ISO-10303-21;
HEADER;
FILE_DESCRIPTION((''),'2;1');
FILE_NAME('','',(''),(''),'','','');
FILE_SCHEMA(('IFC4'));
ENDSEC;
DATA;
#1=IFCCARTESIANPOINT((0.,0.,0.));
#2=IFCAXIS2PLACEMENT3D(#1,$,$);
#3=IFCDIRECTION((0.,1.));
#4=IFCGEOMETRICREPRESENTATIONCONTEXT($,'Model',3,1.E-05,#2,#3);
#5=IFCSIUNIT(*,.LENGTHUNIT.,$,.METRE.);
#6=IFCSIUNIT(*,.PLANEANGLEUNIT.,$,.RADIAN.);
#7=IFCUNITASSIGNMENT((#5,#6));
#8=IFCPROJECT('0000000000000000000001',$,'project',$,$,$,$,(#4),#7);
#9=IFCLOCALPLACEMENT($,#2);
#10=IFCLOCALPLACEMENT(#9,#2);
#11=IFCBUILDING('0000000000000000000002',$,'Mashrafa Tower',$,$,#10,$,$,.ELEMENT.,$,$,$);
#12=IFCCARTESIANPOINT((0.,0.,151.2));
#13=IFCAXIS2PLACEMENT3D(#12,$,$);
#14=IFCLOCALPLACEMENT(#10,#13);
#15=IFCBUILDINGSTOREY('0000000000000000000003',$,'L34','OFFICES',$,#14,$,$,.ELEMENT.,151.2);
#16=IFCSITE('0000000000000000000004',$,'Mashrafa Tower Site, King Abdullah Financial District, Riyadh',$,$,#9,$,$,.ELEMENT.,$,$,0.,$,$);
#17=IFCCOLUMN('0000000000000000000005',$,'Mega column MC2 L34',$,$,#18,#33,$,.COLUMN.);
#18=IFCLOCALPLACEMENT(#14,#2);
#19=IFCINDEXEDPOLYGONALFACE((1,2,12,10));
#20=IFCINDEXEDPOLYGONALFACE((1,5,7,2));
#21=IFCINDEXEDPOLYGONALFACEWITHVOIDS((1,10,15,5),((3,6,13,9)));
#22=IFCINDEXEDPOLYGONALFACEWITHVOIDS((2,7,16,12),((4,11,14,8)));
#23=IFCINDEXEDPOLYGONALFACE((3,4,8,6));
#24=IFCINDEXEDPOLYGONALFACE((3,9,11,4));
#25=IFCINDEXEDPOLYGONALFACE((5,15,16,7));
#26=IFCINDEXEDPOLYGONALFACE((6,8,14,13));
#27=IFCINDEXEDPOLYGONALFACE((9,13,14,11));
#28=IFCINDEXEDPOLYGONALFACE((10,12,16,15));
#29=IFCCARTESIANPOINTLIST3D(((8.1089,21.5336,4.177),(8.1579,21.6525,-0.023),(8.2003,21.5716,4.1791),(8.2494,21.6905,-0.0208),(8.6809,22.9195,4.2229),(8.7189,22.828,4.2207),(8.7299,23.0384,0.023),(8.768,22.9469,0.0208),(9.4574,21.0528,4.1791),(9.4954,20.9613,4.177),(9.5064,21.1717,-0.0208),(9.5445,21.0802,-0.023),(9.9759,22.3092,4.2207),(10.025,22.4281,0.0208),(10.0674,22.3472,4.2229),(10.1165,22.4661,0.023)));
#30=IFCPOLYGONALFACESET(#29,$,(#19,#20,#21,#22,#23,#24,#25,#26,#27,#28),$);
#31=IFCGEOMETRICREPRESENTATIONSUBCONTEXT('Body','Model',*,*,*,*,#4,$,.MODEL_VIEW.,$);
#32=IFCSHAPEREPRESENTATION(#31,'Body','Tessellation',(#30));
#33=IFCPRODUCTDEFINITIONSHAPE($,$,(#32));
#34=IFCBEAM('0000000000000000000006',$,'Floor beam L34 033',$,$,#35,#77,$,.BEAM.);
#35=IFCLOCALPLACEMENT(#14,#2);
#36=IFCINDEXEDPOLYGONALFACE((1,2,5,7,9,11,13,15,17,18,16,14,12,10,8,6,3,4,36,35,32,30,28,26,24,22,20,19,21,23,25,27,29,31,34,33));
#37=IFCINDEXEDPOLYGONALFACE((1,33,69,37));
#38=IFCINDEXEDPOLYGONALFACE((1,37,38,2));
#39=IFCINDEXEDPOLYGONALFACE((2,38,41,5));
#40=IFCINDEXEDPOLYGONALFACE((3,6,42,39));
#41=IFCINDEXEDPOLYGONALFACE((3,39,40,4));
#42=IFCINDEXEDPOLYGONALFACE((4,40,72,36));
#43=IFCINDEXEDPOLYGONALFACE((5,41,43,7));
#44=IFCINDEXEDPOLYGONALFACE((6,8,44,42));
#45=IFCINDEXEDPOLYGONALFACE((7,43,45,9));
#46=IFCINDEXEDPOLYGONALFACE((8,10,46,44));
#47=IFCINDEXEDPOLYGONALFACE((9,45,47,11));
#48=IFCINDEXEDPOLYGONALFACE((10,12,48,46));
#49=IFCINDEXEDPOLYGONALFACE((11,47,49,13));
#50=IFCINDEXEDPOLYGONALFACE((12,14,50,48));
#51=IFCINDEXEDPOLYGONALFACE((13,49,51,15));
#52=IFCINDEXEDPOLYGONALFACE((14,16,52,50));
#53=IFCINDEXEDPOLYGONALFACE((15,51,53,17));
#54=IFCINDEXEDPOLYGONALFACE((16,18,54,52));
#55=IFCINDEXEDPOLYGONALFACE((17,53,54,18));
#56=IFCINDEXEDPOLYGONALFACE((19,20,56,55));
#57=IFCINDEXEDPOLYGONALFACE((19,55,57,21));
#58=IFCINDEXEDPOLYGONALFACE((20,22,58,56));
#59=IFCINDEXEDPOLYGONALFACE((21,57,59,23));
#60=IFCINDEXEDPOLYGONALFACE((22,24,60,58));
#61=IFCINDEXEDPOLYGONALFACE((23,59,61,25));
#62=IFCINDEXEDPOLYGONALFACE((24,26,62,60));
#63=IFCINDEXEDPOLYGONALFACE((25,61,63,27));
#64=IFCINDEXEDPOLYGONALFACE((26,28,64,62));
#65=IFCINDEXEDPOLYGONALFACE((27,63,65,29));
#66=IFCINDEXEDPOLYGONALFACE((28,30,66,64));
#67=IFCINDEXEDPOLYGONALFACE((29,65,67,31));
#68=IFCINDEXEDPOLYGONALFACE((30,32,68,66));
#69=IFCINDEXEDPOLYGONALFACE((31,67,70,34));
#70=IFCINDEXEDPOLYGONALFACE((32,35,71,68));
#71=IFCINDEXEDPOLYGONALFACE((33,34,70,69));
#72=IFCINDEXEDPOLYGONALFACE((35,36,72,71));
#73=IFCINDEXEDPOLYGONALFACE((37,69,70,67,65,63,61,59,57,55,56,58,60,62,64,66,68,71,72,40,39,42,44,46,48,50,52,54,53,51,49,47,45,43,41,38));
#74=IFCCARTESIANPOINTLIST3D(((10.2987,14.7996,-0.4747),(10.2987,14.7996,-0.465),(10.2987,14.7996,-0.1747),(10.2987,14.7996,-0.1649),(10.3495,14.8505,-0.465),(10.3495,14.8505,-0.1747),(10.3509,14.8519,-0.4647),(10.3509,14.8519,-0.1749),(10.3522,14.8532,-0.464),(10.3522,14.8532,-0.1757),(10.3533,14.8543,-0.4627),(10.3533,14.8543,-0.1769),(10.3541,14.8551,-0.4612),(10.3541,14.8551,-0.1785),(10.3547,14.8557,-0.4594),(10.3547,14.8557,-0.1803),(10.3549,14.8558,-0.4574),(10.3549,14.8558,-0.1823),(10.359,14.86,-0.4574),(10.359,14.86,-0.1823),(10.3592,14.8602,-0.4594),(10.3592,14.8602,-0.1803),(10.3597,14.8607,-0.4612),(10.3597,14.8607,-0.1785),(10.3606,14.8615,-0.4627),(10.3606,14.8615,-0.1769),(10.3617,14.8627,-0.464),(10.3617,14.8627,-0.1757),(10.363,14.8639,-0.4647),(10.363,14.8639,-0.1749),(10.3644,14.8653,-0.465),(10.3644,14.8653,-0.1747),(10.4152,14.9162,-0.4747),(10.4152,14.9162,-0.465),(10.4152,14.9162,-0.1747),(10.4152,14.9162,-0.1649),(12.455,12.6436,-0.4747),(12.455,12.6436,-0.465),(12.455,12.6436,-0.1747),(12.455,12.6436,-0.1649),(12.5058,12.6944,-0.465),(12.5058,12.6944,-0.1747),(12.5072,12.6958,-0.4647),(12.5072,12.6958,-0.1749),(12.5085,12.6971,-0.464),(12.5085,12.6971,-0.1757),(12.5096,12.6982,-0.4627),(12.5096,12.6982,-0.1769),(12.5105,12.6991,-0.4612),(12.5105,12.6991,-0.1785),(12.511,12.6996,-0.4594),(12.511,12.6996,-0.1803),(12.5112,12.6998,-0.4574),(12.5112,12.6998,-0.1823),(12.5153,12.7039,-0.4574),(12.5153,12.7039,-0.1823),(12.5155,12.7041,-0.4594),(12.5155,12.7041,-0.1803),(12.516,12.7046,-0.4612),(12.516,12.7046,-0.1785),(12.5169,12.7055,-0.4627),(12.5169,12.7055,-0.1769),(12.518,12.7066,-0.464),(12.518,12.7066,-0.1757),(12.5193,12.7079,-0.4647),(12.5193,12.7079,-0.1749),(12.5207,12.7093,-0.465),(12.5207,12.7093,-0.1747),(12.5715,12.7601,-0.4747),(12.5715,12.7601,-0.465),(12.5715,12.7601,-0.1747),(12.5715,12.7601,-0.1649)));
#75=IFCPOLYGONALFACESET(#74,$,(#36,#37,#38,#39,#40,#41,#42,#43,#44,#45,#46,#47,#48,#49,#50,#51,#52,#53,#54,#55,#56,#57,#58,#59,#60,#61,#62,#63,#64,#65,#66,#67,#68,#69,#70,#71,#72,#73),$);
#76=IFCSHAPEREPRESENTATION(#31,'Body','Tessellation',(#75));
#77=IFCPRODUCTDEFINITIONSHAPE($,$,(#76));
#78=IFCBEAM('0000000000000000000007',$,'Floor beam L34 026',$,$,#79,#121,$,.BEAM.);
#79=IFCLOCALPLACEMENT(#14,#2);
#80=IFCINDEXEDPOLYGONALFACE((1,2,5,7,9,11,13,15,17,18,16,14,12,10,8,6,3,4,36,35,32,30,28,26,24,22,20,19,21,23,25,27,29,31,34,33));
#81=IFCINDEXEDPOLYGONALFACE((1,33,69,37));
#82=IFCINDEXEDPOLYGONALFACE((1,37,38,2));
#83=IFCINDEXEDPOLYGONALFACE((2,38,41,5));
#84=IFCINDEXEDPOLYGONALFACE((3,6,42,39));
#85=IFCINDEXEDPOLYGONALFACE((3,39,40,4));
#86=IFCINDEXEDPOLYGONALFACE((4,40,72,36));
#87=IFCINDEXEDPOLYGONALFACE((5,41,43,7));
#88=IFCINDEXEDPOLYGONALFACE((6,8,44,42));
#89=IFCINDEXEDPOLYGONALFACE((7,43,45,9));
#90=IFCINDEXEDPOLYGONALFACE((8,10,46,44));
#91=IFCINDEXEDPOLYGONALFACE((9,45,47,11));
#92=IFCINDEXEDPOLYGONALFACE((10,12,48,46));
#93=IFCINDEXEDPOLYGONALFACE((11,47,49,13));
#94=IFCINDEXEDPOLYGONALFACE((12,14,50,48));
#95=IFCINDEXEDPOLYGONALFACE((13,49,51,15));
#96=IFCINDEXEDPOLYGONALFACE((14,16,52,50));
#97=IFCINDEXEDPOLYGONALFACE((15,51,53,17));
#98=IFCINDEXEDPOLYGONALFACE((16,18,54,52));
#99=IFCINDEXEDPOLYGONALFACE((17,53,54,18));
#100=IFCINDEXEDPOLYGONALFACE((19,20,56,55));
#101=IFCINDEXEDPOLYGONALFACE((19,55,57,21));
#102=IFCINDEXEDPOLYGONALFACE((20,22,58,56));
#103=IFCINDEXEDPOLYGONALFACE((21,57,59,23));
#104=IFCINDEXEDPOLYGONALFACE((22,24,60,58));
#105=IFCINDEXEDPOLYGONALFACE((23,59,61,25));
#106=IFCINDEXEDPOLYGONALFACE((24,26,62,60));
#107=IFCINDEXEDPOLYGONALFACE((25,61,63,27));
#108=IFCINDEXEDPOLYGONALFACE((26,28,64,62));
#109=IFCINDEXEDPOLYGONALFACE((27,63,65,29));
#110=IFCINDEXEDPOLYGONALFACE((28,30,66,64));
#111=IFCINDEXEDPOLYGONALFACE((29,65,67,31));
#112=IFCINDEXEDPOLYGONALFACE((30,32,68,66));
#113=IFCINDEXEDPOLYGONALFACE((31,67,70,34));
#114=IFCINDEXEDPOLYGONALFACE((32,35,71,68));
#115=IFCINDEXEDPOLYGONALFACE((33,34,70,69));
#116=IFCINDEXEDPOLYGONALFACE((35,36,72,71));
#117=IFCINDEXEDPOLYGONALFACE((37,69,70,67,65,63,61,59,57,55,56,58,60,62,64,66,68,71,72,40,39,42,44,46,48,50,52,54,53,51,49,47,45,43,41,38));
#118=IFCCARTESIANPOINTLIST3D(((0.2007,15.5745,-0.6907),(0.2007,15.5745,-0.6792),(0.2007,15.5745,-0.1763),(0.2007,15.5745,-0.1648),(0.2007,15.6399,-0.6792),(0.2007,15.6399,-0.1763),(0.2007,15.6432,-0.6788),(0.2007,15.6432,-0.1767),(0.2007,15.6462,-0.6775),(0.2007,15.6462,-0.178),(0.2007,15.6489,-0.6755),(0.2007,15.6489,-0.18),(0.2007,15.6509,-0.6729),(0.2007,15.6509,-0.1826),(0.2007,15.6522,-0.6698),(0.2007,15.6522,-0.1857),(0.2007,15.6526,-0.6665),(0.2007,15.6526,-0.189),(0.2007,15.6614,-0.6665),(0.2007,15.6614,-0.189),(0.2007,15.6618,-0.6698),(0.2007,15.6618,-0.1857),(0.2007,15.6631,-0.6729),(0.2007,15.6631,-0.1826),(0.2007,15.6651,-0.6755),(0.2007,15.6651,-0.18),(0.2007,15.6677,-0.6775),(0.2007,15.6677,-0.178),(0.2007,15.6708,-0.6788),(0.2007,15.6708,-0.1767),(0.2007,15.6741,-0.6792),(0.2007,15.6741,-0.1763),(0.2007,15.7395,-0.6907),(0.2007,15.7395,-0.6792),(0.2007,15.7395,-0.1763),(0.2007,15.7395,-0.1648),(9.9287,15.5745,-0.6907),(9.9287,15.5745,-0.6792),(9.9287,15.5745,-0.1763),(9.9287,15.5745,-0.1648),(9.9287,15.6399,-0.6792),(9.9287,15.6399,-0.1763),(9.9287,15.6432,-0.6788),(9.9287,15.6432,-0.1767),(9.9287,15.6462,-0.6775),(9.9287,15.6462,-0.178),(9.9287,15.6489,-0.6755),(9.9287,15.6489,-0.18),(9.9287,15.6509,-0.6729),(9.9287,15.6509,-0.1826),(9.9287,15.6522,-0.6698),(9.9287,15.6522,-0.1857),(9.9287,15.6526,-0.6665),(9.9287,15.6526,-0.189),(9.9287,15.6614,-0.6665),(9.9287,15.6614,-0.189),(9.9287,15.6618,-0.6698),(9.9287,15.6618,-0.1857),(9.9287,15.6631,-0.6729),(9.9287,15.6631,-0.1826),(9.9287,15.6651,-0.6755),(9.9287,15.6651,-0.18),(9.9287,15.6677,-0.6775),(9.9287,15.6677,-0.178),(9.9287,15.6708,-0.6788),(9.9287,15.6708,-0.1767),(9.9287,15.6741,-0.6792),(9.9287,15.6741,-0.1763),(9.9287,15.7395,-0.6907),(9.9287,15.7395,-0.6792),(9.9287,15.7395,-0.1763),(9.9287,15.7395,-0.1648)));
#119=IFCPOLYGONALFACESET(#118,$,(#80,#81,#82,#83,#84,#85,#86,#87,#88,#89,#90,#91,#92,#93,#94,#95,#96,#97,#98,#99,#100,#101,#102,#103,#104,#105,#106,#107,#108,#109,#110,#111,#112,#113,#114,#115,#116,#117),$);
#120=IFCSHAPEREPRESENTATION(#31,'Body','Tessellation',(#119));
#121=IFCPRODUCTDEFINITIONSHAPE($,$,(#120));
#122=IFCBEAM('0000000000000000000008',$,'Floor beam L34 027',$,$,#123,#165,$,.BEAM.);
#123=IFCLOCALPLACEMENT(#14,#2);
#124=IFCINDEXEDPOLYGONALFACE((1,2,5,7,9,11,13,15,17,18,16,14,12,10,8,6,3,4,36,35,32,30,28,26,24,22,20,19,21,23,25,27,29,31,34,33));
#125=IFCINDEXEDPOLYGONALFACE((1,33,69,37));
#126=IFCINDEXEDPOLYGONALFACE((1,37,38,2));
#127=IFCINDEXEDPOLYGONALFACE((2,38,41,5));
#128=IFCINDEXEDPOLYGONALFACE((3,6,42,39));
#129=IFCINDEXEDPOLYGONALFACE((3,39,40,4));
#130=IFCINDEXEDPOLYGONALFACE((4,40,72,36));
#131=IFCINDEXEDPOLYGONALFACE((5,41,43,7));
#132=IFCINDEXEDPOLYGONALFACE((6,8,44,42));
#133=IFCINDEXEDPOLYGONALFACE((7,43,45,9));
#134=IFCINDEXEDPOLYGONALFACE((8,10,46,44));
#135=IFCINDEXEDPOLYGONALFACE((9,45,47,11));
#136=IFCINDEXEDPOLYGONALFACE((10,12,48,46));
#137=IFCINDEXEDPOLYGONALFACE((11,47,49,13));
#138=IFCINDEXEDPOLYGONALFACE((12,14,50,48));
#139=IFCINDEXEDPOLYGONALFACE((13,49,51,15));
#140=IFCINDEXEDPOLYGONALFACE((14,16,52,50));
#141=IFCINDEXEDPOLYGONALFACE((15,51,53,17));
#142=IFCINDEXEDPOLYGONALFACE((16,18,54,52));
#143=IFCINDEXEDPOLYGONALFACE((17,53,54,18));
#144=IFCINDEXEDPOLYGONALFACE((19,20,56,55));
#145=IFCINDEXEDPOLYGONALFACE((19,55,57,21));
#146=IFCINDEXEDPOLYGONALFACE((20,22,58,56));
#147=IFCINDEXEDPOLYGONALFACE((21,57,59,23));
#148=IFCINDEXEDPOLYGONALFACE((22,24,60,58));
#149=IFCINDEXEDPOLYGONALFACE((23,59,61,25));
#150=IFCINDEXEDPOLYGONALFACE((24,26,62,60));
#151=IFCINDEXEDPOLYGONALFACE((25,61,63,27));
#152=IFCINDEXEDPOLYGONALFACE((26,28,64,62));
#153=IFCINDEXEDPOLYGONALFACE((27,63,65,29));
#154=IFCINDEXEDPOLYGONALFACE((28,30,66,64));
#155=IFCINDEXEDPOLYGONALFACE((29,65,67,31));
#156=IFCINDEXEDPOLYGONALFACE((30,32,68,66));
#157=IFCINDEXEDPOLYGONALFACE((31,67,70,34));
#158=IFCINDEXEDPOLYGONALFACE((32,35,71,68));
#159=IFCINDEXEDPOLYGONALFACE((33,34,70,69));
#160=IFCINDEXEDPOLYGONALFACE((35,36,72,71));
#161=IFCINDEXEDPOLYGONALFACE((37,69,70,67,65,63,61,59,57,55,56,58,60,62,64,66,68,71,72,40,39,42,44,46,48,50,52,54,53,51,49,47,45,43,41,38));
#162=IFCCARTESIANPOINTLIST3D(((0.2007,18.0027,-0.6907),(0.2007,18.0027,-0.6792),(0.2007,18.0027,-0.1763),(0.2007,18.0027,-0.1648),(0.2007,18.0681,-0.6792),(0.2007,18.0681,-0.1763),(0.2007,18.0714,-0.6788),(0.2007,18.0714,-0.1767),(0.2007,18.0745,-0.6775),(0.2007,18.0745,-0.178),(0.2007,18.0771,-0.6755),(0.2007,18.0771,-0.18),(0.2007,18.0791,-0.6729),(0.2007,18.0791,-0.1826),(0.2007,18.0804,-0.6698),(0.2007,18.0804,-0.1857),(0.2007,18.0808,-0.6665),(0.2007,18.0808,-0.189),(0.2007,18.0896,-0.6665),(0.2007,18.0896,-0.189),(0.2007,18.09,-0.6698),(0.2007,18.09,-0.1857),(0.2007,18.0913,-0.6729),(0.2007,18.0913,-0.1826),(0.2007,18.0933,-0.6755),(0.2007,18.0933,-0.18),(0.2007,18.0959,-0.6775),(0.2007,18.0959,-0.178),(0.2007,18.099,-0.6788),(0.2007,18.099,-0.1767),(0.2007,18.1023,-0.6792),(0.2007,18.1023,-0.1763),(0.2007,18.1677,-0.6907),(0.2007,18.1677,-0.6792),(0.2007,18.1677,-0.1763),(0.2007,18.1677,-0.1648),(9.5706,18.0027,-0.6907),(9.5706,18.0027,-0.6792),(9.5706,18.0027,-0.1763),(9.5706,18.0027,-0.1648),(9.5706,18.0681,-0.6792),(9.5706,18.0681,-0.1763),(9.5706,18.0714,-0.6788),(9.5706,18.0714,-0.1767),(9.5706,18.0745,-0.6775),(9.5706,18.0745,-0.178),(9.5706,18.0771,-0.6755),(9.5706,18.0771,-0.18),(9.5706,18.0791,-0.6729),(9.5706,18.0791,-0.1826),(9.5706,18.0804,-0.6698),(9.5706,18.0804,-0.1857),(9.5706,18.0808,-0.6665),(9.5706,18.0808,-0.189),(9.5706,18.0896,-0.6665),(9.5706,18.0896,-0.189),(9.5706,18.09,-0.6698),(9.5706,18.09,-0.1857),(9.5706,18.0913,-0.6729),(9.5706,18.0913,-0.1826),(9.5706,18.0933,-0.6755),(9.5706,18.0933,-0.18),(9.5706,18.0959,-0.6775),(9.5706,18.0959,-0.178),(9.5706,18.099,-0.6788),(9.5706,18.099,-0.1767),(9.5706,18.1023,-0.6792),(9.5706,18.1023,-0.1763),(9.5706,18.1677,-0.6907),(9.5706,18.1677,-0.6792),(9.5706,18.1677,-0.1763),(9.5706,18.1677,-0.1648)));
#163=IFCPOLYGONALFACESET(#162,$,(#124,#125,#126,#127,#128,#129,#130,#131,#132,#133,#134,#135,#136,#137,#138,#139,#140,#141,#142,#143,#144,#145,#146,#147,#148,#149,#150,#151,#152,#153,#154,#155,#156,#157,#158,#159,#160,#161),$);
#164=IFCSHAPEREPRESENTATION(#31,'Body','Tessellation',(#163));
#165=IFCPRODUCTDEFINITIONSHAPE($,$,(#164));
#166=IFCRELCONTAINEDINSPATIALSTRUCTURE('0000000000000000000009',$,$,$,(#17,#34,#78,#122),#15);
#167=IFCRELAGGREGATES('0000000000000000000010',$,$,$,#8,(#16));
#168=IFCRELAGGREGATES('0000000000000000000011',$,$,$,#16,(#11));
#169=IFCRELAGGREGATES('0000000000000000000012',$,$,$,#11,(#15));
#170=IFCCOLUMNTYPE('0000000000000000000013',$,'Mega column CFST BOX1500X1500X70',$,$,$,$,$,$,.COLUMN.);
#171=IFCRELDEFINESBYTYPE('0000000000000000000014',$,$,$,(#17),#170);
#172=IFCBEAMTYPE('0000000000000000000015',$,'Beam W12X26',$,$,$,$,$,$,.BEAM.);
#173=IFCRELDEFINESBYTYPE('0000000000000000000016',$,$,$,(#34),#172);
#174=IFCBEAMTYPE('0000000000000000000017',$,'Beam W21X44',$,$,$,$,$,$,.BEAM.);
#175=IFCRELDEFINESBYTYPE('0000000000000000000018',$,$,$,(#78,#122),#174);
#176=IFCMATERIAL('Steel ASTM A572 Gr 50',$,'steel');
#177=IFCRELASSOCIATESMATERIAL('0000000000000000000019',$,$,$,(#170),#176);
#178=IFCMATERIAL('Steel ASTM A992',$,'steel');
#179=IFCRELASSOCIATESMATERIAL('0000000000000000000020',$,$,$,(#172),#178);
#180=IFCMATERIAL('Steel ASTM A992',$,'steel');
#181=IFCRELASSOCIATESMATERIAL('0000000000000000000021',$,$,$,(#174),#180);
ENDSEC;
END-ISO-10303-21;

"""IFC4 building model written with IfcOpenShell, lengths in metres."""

from ifc_helpers import new_model, si_unit, direction, frame, origin, origin_2d, place, context, subcontext, project, spatial, hollow_rectangle, i_section, extrude, material, material_profile, profile_set, type_object, element, save


model = new_model("IFC4")

# Units and contexts
model_context = context("Model", 3, precision=1e-05, world=origin(), true_north=direction((0.0, 1.0)))
body_context = subcontext(model_context, "Body", "Model", "MODEL_VIEW")
ifc_project = project(units=[si_unit("LENGTHUNIT", "METRE"), si_unit("PLANEANGLEUNIT", "RADIAN")], contexts=[model_context])

# Site, building, storey
site_placement = place(None, origin())
site = spatial("IfcSite", under=ifc_project, at=site_placement, Name="Mashrafa Tower Site, King Abdullah Financial District, Riyadh", CompositionType="ELEMENT", RefElevation=0.0)
building_placement = place(site_placement, origin())
building = spatial("IfcBuilding", under=site, at=building_placement, Name="Mashrafa Tower", CompositionType="ELEMENT")
storey_placement = place(building_placement, frame((0.0, 0.0, 151.2)))
storey = spatial("IfcBuildingStorey", under=building, at=storey_placement, Name="L34", Description="OFFICES", CompositionType="ELEMENT", Elevation=151.2)

# Column
ifc_material_1 = material(Name="Steel ASTM A572 Gr 50", Category="steel")
ifc_material_profile_1 = material_profile(ifc_material_1, hollow_rectangle(XDim=1.5, YDim=1.5, WallThickness=0.0701, at=origin_2d()), Name="BOX1500X1500X70")
ifc_profile_set_1 = profile_set([ifc_material_profile_1], Name="Steel ASTM A572 Gr 50")
column_type = type_object("IfcColumnType", Name="Mega column CFST BOX1500X1500X70", PredefinedType="COLUMN", material=ifc_profile_set_1)
column_placement = place(storey_placement, frame((9.1372, 22.0593, 0.0), z_axis=(-0.011679, -0.028296, 0.999531), x_axis=(0.924363, -0.381513, 0.0)))
element("IfcColumn", 1, at=column_placement, inside=storey, type_object=column_type, Name="Mega column MC2 L34", PredefinedType="COLUMN", context=body_context, shape_type="SweptSolid", body=[
    extrude(hollow_rectangle(XDim=1.5, YDim=1.5, WallThickness=0.0701, at=origin_2d()), origin(), (0.0, 0.0, 1.0), 4.2019),
])

# Beams
ifc_material_2 = material(Name="Steel ASTM A992", Category="steel")
ifc_material_profile_2 = material_profile(ifc_material_2, i_section(OverallWidth=0.1648, OverallDepth=0.3098, WebThickness=0.0059, FlangeThickness=0.0098, FilletRadius=0.0076, at=origin_2d()), Name="W12X26")
ifc_profile_set_2 = profile_set([ifc_material_profile_2], Name="Steel ASTM A992")
beam_type_1 = type_object("IfcBeamType", Name="Beam W12X26", PredefinedType="BEAM", material=ifc_profile_set_2)
beam_1_placement = place(storey_placement, frame((10.3569, 14.8579, -0.3198), z_axis=(0.707147, -0.707067, 0.0), x_axis=(0.707067, 0.707147, 0.0)))
element("IfcBeam", 2, at=beam_1_placement, inside=storey, type_object=beam_type_1, Name="Floor beam L34 033", PredefinedType="BEAM", context=body_context, shape_type="SweptSolid", body=[
    extrude(i_section(OverallWidth=0.1648, OverallDepth=0.3098, WebThickness=0.0059, FlangeThickness=0.0098, FilletRadius=0.0076, at=origin_2d()), origin(), (0.0, 0.0, 1.0), 3.0493),
])
ifc_material_3 = material(Name="Steel ASTM A992", Category="steel")
ifc_material_profile_3 = material_profile(ifc_material_3, i_section(OverallWidth=0.165, OverallDepth=0.5259, WebThickness=0.0088, FlangeThickness=0.0115, FilletRadius=0.0127, at=origin_2d()), Name="W21X44")
ifc_profile_set_3 = profile_set([ifc_material_profile_3], Name="Steel ASTM A992")
beam_type_2 = type_object("IfcBeamType", Name="Beam W21X44", PredefinedType="BEAM", material=ifc_profile_set_3)
beam_2_placement = place(storey_placement, frame((0.2007, 15.657, -0.4277), z_axis=(1.0, 0.0, 0.0), x_axis=(0.0, 1.0, 0.0)))
element("IfcBeam", 3, at=beam_2_placement, inside=storey, type_object=beam_type_2, Name="Floor beam L34 026", PredefinedType="BEAM", context=body_context, shape_type="SweptSolid", body=[
    extrude(i_section(OverallWidth=0.165, OverallDepth=0.5259, WebThickness=0.0088, FlangeThickness=0.0115, FilletRadius=0.0127, at=origin_2d()), origin(), (0.0, 0.0, 1.0), 9.728),
])
beam_3_placement = place(storey_placement, frame((0.2007, 18.0852, -0.4277), z_axis=(1.0, 0.0, 0.0), x_axis=(0.0, 1.0, 0.0)))
element("IfcBeam", 4, at=beam_3_placement, inside=storey, type_object=beam_type_2, Name="Floor beam L34 027", PredefinedType="BEAM", context=body_context, shape_type="SweptSolid", body=[
    extrude(i_section(OverallWidth=0.165, OverallDepth=0.5259, WebThickness=0.0088, FlangeThickness=0.0115, FilletRadius=0.0127, at=origin_2d()), origin(), (0.0, 0.0, 1.0), 9.3699),
])

save(model, "model.ifc")
